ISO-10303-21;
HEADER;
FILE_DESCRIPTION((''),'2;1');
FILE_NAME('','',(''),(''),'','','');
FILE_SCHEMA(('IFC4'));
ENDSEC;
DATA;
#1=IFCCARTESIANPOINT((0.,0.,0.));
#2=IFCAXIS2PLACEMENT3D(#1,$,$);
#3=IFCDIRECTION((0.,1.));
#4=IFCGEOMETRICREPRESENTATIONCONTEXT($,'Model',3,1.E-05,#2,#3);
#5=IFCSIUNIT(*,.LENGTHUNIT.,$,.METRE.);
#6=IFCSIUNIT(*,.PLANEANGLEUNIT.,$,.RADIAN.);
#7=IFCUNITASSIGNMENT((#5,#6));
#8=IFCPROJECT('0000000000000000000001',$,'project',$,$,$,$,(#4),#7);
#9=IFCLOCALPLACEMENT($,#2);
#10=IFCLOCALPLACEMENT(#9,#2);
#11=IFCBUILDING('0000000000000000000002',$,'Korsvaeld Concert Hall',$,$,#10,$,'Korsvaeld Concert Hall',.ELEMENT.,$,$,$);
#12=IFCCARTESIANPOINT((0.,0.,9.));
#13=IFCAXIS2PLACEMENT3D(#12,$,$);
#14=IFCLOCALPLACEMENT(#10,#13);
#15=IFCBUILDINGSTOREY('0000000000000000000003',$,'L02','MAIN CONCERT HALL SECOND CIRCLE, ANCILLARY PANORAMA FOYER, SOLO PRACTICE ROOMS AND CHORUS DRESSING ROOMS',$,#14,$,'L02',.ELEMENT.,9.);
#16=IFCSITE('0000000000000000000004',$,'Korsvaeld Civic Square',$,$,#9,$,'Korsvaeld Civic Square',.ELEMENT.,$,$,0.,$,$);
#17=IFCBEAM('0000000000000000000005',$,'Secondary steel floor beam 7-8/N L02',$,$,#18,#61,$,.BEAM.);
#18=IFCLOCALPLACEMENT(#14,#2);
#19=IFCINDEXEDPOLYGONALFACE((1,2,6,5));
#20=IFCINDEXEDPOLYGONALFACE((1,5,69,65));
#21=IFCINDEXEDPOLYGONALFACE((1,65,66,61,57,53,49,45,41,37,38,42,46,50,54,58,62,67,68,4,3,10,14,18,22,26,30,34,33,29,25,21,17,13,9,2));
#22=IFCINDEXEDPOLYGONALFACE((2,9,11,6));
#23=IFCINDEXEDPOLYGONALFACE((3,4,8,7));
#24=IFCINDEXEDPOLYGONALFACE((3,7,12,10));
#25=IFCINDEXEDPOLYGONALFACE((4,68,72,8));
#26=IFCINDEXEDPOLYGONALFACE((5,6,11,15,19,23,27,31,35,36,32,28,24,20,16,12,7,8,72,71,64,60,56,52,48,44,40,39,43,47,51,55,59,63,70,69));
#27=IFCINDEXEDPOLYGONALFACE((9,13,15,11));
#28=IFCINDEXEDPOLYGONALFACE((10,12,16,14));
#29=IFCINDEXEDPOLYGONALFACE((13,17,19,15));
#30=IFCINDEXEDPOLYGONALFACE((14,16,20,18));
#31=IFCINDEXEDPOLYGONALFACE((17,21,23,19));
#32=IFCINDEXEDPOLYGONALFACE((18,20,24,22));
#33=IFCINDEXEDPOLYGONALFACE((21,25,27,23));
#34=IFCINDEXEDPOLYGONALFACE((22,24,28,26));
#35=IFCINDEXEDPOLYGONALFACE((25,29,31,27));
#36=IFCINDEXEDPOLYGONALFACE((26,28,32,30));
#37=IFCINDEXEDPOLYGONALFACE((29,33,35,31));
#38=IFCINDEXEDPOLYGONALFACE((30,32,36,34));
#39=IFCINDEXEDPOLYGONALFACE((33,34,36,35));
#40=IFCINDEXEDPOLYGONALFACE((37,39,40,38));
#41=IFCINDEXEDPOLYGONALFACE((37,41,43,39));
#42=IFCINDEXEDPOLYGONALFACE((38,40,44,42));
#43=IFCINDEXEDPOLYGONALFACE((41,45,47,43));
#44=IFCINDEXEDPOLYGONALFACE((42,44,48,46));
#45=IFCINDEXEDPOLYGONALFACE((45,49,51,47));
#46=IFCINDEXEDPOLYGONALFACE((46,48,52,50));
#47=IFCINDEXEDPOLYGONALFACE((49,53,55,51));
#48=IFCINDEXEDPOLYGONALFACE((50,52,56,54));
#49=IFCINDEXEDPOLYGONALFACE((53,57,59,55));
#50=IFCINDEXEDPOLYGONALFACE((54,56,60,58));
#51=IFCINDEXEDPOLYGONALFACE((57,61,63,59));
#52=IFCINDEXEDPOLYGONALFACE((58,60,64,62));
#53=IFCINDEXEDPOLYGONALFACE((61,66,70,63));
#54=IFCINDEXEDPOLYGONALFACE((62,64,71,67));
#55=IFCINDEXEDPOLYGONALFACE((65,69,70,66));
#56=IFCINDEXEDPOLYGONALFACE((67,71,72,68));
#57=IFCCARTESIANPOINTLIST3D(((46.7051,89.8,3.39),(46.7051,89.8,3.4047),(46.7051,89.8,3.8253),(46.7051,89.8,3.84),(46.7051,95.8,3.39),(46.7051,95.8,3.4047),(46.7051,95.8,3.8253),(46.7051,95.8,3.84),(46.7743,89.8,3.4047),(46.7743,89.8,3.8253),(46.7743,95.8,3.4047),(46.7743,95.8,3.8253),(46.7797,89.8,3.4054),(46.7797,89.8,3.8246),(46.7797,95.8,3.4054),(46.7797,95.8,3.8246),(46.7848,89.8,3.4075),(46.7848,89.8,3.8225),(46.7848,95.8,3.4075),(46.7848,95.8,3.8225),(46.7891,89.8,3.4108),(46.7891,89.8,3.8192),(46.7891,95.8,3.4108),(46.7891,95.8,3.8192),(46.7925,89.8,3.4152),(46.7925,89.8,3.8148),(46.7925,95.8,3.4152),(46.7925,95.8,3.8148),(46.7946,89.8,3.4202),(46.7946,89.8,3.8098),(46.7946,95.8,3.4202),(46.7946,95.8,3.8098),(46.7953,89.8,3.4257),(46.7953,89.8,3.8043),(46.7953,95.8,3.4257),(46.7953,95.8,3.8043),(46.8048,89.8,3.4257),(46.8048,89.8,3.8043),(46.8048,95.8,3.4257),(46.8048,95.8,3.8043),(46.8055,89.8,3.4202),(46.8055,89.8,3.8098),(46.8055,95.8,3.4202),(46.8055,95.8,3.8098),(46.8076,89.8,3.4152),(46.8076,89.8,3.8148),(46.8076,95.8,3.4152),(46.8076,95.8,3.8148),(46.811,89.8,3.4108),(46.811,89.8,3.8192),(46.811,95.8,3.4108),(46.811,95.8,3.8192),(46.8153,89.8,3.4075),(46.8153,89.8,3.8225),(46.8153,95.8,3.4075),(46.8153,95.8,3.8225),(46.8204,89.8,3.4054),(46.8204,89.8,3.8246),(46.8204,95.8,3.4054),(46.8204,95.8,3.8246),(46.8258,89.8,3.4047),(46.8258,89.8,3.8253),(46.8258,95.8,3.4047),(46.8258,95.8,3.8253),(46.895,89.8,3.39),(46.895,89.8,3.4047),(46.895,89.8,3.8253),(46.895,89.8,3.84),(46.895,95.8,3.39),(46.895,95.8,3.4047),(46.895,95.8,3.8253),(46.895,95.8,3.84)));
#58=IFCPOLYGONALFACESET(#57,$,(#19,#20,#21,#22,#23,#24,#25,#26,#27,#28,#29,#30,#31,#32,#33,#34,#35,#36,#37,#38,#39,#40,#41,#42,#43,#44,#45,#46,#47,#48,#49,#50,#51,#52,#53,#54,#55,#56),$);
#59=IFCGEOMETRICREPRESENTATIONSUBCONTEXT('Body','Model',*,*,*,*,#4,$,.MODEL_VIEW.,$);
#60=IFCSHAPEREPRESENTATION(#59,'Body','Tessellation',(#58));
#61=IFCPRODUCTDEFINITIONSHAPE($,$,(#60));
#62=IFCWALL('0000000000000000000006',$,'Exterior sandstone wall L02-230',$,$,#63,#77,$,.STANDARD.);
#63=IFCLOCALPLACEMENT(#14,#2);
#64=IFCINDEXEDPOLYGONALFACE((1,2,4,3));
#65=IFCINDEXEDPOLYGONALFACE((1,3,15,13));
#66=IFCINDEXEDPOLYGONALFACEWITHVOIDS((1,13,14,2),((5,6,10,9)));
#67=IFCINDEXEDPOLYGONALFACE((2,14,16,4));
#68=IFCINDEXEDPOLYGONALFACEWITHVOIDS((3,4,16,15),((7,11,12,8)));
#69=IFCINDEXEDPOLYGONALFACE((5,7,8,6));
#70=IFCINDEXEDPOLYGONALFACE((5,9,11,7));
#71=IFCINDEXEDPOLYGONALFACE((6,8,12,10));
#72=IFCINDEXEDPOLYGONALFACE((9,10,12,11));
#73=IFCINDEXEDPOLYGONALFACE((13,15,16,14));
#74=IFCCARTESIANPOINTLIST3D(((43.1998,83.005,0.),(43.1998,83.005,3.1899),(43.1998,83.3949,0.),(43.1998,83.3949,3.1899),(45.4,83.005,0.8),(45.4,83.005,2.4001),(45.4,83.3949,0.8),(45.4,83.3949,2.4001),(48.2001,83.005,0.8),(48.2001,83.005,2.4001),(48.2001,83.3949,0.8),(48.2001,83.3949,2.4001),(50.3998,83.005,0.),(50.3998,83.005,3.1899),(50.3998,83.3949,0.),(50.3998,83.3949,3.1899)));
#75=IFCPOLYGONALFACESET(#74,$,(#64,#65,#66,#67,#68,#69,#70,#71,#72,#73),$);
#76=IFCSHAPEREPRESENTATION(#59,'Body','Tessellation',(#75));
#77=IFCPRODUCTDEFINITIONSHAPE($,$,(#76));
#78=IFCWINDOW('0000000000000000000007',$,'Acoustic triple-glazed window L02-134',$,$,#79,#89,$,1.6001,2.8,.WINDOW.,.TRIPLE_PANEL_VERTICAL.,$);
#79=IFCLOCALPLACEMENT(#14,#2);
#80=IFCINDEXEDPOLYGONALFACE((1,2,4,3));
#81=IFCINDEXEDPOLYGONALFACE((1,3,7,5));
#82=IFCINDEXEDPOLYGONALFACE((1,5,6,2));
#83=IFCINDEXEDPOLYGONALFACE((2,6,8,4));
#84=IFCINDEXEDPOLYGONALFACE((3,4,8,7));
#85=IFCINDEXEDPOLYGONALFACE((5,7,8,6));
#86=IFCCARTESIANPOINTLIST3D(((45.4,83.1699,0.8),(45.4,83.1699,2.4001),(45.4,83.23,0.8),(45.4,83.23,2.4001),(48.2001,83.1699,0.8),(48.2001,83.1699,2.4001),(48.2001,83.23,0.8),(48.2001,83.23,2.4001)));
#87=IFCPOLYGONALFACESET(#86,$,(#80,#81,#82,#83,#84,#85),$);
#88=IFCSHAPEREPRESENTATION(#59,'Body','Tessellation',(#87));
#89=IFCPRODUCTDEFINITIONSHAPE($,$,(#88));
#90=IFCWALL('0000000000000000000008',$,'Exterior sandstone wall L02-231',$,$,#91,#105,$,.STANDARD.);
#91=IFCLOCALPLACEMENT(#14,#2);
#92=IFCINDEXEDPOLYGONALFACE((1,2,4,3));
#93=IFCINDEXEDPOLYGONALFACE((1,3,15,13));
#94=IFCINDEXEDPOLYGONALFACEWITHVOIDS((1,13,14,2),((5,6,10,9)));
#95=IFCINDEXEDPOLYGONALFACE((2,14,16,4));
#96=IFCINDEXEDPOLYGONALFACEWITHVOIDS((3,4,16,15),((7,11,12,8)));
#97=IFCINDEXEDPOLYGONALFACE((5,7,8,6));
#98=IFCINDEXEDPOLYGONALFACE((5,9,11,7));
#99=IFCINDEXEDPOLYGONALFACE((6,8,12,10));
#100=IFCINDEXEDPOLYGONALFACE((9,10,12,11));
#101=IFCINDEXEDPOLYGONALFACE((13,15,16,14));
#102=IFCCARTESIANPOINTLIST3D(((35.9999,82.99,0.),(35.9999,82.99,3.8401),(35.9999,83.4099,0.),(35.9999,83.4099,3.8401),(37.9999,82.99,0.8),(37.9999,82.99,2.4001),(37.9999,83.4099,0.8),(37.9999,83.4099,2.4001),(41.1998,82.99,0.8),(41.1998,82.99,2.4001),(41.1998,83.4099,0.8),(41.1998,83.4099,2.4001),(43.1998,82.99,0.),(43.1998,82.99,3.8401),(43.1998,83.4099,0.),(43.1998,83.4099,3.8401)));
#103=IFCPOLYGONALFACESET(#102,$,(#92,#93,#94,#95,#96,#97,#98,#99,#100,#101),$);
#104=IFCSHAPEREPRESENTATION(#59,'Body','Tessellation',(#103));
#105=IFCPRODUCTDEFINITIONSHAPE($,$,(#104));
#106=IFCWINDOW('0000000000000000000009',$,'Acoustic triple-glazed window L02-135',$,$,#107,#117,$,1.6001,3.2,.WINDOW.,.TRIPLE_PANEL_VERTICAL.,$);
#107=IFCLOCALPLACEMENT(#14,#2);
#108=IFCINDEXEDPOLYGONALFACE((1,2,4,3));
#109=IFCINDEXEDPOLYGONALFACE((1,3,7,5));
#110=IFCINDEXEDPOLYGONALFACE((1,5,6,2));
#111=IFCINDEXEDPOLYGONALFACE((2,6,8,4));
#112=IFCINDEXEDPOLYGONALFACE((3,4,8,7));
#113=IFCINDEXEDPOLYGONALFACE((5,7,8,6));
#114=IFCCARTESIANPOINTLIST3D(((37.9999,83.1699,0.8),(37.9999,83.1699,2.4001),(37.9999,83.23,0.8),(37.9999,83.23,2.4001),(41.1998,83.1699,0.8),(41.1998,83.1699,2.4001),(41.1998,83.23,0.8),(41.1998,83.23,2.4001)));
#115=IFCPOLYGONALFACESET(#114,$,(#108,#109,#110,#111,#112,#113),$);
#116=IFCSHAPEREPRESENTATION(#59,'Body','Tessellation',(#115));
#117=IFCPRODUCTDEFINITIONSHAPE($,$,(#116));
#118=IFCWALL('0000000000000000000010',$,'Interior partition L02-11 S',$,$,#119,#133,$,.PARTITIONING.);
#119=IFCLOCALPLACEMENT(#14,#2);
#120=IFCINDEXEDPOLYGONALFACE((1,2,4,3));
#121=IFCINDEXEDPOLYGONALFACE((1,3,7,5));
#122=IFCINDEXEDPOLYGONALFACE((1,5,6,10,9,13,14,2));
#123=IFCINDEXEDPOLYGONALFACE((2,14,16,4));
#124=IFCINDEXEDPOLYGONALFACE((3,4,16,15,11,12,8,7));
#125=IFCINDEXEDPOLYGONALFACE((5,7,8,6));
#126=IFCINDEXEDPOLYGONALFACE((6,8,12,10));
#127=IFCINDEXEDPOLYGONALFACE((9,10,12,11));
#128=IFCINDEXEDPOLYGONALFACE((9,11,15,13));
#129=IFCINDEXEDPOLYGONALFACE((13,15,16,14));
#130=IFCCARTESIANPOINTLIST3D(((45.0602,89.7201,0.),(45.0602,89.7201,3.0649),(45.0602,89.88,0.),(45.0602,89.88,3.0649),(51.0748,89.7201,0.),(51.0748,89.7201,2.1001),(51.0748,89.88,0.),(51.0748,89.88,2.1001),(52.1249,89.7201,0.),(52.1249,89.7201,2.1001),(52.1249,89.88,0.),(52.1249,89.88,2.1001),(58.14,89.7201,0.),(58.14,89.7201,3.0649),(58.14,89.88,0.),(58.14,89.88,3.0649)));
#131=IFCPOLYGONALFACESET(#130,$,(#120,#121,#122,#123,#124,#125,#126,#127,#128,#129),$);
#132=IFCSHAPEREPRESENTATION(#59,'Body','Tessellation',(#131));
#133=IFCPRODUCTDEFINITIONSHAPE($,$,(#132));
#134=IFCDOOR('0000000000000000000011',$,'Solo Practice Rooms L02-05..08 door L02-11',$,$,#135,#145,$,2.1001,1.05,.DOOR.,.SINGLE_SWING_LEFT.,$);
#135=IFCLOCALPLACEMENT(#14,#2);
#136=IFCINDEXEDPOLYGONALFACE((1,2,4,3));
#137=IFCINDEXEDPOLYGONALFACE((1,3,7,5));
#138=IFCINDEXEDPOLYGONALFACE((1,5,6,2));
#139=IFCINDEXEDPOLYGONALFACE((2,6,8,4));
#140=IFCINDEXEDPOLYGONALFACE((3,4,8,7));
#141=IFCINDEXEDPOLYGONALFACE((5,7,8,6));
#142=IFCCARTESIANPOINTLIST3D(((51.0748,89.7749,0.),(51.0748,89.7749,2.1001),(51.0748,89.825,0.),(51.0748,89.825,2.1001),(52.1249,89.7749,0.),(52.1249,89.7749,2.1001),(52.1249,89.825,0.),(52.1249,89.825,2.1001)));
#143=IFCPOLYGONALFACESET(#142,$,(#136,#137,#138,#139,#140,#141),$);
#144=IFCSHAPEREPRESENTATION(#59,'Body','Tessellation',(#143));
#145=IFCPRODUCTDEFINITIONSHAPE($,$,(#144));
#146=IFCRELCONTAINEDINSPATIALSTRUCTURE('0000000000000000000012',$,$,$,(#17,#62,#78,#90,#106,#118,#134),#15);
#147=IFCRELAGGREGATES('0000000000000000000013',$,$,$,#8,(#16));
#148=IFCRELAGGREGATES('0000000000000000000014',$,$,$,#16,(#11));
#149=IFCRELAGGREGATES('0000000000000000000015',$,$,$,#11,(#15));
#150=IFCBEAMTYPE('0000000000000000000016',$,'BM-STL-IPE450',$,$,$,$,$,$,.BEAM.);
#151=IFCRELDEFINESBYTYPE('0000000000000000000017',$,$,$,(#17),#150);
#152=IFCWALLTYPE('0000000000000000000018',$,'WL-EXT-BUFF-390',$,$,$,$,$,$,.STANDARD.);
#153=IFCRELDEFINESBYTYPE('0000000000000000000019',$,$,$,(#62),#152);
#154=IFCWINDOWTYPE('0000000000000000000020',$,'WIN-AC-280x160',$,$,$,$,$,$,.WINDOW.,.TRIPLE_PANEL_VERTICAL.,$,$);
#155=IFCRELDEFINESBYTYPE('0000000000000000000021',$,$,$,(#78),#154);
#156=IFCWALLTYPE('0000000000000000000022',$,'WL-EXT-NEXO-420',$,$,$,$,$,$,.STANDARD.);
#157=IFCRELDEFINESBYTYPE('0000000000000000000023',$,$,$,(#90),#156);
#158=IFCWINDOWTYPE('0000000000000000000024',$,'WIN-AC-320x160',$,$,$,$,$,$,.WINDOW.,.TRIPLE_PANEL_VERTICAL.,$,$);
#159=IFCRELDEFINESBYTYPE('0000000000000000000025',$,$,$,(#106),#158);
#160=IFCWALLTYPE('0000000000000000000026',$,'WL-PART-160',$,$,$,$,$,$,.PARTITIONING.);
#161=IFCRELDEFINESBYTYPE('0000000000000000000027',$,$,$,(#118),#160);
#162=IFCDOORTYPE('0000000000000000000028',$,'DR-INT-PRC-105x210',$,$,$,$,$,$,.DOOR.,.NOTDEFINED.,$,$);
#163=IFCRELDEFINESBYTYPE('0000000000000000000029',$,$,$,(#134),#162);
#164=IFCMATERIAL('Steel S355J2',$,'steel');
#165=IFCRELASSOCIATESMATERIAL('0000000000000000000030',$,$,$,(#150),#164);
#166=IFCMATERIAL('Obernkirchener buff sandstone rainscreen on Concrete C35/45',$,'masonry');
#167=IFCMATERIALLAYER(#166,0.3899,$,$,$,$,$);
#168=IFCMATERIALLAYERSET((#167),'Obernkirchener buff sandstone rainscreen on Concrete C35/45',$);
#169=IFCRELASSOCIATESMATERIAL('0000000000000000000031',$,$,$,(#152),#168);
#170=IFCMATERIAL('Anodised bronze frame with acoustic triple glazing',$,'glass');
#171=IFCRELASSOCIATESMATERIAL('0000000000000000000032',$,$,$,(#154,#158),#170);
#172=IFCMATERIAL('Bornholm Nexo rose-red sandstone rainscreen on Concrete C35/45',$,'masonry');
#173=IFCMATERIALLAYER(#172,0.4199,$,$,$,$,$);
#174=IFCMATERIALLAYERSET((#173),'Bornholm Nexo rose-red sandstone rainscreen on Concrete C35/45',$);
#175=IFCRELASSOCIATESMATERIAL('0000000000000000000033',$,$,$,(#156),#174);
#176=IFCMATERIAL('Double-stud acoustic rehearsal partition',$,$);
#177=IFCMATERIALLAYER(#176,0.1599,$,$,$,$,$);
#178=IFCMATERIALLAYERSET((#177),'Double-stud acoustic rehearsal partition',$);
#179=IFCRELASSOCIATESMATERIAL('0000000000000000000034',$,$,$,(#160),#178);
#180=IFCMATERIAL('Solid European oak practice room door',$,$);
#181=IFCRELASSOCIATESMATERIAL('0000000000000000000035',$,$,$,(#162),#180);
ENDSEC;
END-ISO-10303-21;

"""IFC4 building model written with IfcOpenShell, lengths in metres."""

from ifc_helpers import new_model, si_unit, direction, frame, frame_2d, origin, origin_2d, place, context, subcontext, project, spatial, rectangle, i_section, extrude, material, layer, layer_set, material_profile, profile_set, type_object, element, fill, save


model = new_model("IFC4")

# Units and contexts
model_context = context("Model", 3, precision=1e-05, world=origin(), true_north=direction((0.0, 1.0)))
body_context = subcontext(model_context, "Body", "Model", "MODEL_VIEW")
ifc_project = project(units=[si_unit("LENGTHUNIT", "METRE"), si_unit("PLANEANGLEUNIT", "RADIAN")], contexts=[model_context])

# Site, building, storey
site_placement = place(None, origin())
site = spatial("IfcSite", under=ifc_project, at=site_placement, Name="Korsvaeld Civic Square", LongName="Korsvaeld Civic Square", CompositionType="ELEMENT", RefElevation=0.0)
building_placement = place(site_placement, origin())
building = spatial("IfcBuilding", under=site, at=building_placement, Name="Korsvaeld Concert Hall", LongName="Korsvaeld Concert Hall", CompositionType="ELEMENT")
storey_placement = place(building_placement, frame((0.0, 0.0, 9.0)))
storey = spatial("IfcBuildingStorey", under=building, at=storey_placement, Name="L02", Description="MAIN CONCERT HALL SECOND CIRCLE, ANCILLARY PANORAMA FOYER, SOLO PRACTICE ROOMS AND CHORUS DRESSING ROOMS", LongName="L02", CompositionType="ELEMENT", Elevation=9.0)

# Beam
ifc_material_1 = material(Name="Steel S355J2", Category="steel")
ifc_material_profile_1 = material_profile(ifc_material_1, i_section(OverallWidth=0.1899, OverallDepth=0.45, WebThickness=0.0095, FlangeThickness=0.0146, FilletRadius=0.021, at=origin_2d()), Name="IPE 450")
ifc_profile_set_1 = profile_set([ifc_material_profile_1], Name="Steel S355J2")
beam_type_1 = type_object("IfcBeamType", Name="BM-STL-IPE450", PredefinedType="BEAM", material=ifc_profile_set_1)
beam_1_placement = place(storey_placement, frame((46.8, 89.8, 3.615), z_axis=(0.0, 1.0, 0.0), x_axis=(-1.0, 0.0, 0.0)))
element("IfcBeam", 1, at=beam_1_placement, inside=storey, type_object=beam_type_1, Name="Secondary steel floor beam 7-8/N L02", PredefinedType="BEAM", context=body_context, shape_type="SweptSolid", body=[
    extrude(i_section(OverallWidth=0.1899, OverallDepth=0.45, WebThickness=0.0095, FlangeThickness=0.0146, FilletRadius=0.021, at=origin_2d()), origin(), (0.0, 0.0, 1.0), 6.0),
])

# Walls, openings, windows
ifc_material_2 = material(Name="Obernkirchener buff sandstone rainscreen on Concrete C35/45", Category="masonry")
ifc_layer_1 = layer(ifc_material_2, 0.3899)
ifc_layer_set_1 = layer_set([ifc_layer_1], Name="Obernkirchener buff sandstone rainscreen on Concrete C35/45")
wall_type_1 = type_object("IfcWallType", Name="WL-EXT-BUFF-390", PredefinedType="STANDARD", material=ifc_layer_set_1)
wall_1_placement = place(storey_placement, frame((50.3999, 83.2, 0.0), z_axis=(0.0, 0.0, 1.0), x_axis=(-1.0, 0.0, 0.0)))
wall_1 = element("IfcWall", 2, at=wall_1_placement, inside=storey, type_object=wall_type_1, Name="Exterior sandstone wall L02-230", PredefinedType="STANDARD", context=body_context, shape_type="SweptSolid", body=[
    extrude(rectangle(XDim=7.2, YDim=0.3899, at=frame_2d((3.6001, 0.0))), origin(), (0.0, 0.0, 1.0), 3.1899),
])
opening_1_placement = place(wall_1_placement, frame((2.2, 0.0, 0.8)))
opening_1 = element("IfcOpeningElement", 3, at=opening_1_placement, cuts=wall_1, PredefinedType="OPENING", context=body_context, shape_type="SweptSolid", body=[
    extrude(rectangle(XDim=2.8, YDim=1.6001, at=frame_2d((1.3999, 0.8))), frame((0.0, 0.2051, 0.0), z_axis=(0.0, -1.0, 0.0), x_axis=(1.0, 0.0, 0.0)), (0.0, 0.0, 1.0), 0.4099),
])
ifc_material_3 = material(Name="Anodised bronze frame with acoustic triple glazing", Category="glass")
window_type_1 = type_object("IfcWindowType", Name="WIN-AC-280x160", PartitioningType="TRIPLE_PANEL_VERTICAL", PredefinedType="WINDOW", material=ifc_material_3)
window_1_placement = place(opening_1_placement, origin())
window_1 = element("IfcWindow", 4, at=window_1_placement, inside=storey, type_object=window_type_1, Name="Acoustic triple-glazed window L02-134", OverallHeight=1.6001, OverallWidth=2.8, PartitioningType="TRIPLE_PANEL_VERTICAL", PredefinedType="WINDOW", context=body_context, shape_type="SweptSolid", body=[
    extrude(rectangle(XDim=2.8, YDim=1.6001, at=frame_2d((1.3999, 0.8))), frame((0.0, 0.03, 0.0), z_axis=(0.0, -1.0, 0.0), x_axis=(1.0, 0.0, 0.0)), (0.0, 0.0, 1.0), 0.0601),
])
fill(opening_1, window_1)
ifc_material_4 = material(Name="Bornholm Nexo rose-red sandstone rainscreen on Concrete C35/45", Category="masonry")
ifc_layer_2 = layer(ifc_material_4, 0.4199)
ifc_layer_set_2 = layer_set([ifc_layer_2], Name="Bornholm Nexo rose-red sandstone rainscreen on Concrete C35/45")
wall_type_2 = type_object("IfcWallType", Name="WL-EXT-NEXO-420", PredefinedType="STANDARD", material=ifc_layer_set_2)
wall_2_placement = place(storey_placement, frame((43.2, 83.2, 0.0), z_axis=(0.0, 0.0, 1.0), x_axis=(-1.0, 0.0, 0.0)))
wall_2 = element("IfcWall", 5, at=wall_2_placement, inside=storey, type_object=wall_type_2, Name="Exterior sandstone wall L02-231", PredefinedType="STANDARD", context=body_context, shape_type="SweptSolid", body=[
    extrude(rectangle(XDim=7.2, YDim=0.4199, at=frame_2d((3.6001, 0.0))), origin(), (0.0, 0.0, 1.0), 3.8401),
])
opening_2_placement = place(wall_2_placement, frame((2.0, 0.0, 0.8)))
opening_2 = element("IfcOpeningElement", 6, at=opening_2_placement, cuts=wall_2, PredefinedType="OPENING", context=body_context, shape_type="SweptSolid", body=[
    extrude(rectangle(XDim=3.2, YDim=1.6001, at=frame_2d((1.6001, 0.8))), frame((0.0, 0.22, 0.0), z_axis=(0.0, -1.0, 0.0), x_axis=(1.0, 0.0, 0.0)), (0.0, 0.0, 1.0), 0.4399),
])
window_type_2 = type_object("IfcWindowType", Name="WIN-AC-320x160", PartitioningType="TRIPLE_PANEL_VERTICAL", PredefinedType="WINDOW", material=ifc_material_3)
window_2_placement = place(opening_2_placement, origin())
window_2 = element("IfcWindow", 7, at=window_2_placement, inside=storey, type_object=window_type_2, Name="Acoustic triple-glazed window L02-135", OverallHeight=1.6001, OverallWidth=3.2, PartitioningType="TRIPLE_PANEL_VERTICAL", PredefinedType="WINDOW", context=body_context, shape_type="SweptSolid", body=[
    extrude(rectangle(XDim=3.2, YDim=1.6001, at=frame_2d((1.6001, 0.8))), frame((0.0, 0.03, 0.0), z_axis=(0.0, -1.0, 0.0), x_axis=(1.0, 0.0, 0.0)), (0.0, 0.0, 1.0), 0.0601),
])
fill(opening_2, window_2)

# Wall, opening, door
ifc_material_5 = material(Name="Double-stud acoustic rehearsal partition")
ifc_layer_3 = layer(ifc_material_5, 0.1599)
ifc_layer_set_3 = layer_set([ifc_layer_3], Name="Double-stud acoustic rehearsal partition")
wall_type_3 = type_object("IfcWallType", Name="WL-PART-160", PredefinedType="PARTITIONING", material=ifc_layer_set_3)
wall_3_placement = place(storey_placement, frame((45.0601, 89.8, 0.0), z_axis=(0.0, 0.0, 1.0), x_axis=(1.0, 0.0, 0.0)))
wall_3 = element("IfcWall", 8, at=wall_3_placement, inside=storey, type_object=wall_type_3, Name="Interior partition L02-11 S", PredefinedType="PARTITIONING", context=body_context, shape_type="SweptSolid", body=[
    extrude(rectangle(XDim=13.0798, YDim=0.1599, at=frame_2d((6.54, 0.0))), origin(), (0.0, 0.0, 1.0), 3.0649),
])
opening_3_placement = place(wall_3_placement, frame((6.0149, 0.0, 0.0)))
opening_3 = element("IfcOpeningElement", 9, at=opening_3_placement, cuts=wall_3, PredefinedType="OPENING", context=body_context, shape_type="SweptSolid", body=[
    extrude(rectangle(XDim=1.05, YDim=2.1001, at=frame_2d((0.5249, 1.05))), frame((0.0, 0.0898, 0.0), z_axis=(0.0, -1.0, 0.0), x_axis=(1.0, 0.0, 0.0)), (0.0, 0.0, 1.0), 0.1799),
])
ifc_material_6 = material(Name="Solid European oak practice room door")
door_type_1 = type_object("IfcDoorType", Name="DR-INT-PRC-105x210", OperationType="NOTDEFINED", PredefinedType="DOOR", material=ifc_material_6)
door_1_placement = place(opening_3_placement, origin())
door_1 = element("IfcDoor", 10, at=door_1_placement, inside=storey, type_object=door_type_1, Name="Solo Practice Rooms L02-05..08 door L02-11", OperationType="SINGLE_SWING_LEFT", OverallHeight=2.1001, OverallWidth=1.05, PredefinedType="DOOR", context=body_context, shape_type="SweptSolid", body=[
    extrude(rectangle(XDim=1.05, YDim=2.1001, at=frame_2d((0.5249, 1.05))), frame((0.0, 0.0249, 0.0), z_axis=(0.0, -1.0, 0.0), x_axis=(1.0, 0.0, 0.0)), (0.0, 0.0, 1.0), 0.05),
])
fill(opening_3, door_1)

save(model, "model.ifc")
